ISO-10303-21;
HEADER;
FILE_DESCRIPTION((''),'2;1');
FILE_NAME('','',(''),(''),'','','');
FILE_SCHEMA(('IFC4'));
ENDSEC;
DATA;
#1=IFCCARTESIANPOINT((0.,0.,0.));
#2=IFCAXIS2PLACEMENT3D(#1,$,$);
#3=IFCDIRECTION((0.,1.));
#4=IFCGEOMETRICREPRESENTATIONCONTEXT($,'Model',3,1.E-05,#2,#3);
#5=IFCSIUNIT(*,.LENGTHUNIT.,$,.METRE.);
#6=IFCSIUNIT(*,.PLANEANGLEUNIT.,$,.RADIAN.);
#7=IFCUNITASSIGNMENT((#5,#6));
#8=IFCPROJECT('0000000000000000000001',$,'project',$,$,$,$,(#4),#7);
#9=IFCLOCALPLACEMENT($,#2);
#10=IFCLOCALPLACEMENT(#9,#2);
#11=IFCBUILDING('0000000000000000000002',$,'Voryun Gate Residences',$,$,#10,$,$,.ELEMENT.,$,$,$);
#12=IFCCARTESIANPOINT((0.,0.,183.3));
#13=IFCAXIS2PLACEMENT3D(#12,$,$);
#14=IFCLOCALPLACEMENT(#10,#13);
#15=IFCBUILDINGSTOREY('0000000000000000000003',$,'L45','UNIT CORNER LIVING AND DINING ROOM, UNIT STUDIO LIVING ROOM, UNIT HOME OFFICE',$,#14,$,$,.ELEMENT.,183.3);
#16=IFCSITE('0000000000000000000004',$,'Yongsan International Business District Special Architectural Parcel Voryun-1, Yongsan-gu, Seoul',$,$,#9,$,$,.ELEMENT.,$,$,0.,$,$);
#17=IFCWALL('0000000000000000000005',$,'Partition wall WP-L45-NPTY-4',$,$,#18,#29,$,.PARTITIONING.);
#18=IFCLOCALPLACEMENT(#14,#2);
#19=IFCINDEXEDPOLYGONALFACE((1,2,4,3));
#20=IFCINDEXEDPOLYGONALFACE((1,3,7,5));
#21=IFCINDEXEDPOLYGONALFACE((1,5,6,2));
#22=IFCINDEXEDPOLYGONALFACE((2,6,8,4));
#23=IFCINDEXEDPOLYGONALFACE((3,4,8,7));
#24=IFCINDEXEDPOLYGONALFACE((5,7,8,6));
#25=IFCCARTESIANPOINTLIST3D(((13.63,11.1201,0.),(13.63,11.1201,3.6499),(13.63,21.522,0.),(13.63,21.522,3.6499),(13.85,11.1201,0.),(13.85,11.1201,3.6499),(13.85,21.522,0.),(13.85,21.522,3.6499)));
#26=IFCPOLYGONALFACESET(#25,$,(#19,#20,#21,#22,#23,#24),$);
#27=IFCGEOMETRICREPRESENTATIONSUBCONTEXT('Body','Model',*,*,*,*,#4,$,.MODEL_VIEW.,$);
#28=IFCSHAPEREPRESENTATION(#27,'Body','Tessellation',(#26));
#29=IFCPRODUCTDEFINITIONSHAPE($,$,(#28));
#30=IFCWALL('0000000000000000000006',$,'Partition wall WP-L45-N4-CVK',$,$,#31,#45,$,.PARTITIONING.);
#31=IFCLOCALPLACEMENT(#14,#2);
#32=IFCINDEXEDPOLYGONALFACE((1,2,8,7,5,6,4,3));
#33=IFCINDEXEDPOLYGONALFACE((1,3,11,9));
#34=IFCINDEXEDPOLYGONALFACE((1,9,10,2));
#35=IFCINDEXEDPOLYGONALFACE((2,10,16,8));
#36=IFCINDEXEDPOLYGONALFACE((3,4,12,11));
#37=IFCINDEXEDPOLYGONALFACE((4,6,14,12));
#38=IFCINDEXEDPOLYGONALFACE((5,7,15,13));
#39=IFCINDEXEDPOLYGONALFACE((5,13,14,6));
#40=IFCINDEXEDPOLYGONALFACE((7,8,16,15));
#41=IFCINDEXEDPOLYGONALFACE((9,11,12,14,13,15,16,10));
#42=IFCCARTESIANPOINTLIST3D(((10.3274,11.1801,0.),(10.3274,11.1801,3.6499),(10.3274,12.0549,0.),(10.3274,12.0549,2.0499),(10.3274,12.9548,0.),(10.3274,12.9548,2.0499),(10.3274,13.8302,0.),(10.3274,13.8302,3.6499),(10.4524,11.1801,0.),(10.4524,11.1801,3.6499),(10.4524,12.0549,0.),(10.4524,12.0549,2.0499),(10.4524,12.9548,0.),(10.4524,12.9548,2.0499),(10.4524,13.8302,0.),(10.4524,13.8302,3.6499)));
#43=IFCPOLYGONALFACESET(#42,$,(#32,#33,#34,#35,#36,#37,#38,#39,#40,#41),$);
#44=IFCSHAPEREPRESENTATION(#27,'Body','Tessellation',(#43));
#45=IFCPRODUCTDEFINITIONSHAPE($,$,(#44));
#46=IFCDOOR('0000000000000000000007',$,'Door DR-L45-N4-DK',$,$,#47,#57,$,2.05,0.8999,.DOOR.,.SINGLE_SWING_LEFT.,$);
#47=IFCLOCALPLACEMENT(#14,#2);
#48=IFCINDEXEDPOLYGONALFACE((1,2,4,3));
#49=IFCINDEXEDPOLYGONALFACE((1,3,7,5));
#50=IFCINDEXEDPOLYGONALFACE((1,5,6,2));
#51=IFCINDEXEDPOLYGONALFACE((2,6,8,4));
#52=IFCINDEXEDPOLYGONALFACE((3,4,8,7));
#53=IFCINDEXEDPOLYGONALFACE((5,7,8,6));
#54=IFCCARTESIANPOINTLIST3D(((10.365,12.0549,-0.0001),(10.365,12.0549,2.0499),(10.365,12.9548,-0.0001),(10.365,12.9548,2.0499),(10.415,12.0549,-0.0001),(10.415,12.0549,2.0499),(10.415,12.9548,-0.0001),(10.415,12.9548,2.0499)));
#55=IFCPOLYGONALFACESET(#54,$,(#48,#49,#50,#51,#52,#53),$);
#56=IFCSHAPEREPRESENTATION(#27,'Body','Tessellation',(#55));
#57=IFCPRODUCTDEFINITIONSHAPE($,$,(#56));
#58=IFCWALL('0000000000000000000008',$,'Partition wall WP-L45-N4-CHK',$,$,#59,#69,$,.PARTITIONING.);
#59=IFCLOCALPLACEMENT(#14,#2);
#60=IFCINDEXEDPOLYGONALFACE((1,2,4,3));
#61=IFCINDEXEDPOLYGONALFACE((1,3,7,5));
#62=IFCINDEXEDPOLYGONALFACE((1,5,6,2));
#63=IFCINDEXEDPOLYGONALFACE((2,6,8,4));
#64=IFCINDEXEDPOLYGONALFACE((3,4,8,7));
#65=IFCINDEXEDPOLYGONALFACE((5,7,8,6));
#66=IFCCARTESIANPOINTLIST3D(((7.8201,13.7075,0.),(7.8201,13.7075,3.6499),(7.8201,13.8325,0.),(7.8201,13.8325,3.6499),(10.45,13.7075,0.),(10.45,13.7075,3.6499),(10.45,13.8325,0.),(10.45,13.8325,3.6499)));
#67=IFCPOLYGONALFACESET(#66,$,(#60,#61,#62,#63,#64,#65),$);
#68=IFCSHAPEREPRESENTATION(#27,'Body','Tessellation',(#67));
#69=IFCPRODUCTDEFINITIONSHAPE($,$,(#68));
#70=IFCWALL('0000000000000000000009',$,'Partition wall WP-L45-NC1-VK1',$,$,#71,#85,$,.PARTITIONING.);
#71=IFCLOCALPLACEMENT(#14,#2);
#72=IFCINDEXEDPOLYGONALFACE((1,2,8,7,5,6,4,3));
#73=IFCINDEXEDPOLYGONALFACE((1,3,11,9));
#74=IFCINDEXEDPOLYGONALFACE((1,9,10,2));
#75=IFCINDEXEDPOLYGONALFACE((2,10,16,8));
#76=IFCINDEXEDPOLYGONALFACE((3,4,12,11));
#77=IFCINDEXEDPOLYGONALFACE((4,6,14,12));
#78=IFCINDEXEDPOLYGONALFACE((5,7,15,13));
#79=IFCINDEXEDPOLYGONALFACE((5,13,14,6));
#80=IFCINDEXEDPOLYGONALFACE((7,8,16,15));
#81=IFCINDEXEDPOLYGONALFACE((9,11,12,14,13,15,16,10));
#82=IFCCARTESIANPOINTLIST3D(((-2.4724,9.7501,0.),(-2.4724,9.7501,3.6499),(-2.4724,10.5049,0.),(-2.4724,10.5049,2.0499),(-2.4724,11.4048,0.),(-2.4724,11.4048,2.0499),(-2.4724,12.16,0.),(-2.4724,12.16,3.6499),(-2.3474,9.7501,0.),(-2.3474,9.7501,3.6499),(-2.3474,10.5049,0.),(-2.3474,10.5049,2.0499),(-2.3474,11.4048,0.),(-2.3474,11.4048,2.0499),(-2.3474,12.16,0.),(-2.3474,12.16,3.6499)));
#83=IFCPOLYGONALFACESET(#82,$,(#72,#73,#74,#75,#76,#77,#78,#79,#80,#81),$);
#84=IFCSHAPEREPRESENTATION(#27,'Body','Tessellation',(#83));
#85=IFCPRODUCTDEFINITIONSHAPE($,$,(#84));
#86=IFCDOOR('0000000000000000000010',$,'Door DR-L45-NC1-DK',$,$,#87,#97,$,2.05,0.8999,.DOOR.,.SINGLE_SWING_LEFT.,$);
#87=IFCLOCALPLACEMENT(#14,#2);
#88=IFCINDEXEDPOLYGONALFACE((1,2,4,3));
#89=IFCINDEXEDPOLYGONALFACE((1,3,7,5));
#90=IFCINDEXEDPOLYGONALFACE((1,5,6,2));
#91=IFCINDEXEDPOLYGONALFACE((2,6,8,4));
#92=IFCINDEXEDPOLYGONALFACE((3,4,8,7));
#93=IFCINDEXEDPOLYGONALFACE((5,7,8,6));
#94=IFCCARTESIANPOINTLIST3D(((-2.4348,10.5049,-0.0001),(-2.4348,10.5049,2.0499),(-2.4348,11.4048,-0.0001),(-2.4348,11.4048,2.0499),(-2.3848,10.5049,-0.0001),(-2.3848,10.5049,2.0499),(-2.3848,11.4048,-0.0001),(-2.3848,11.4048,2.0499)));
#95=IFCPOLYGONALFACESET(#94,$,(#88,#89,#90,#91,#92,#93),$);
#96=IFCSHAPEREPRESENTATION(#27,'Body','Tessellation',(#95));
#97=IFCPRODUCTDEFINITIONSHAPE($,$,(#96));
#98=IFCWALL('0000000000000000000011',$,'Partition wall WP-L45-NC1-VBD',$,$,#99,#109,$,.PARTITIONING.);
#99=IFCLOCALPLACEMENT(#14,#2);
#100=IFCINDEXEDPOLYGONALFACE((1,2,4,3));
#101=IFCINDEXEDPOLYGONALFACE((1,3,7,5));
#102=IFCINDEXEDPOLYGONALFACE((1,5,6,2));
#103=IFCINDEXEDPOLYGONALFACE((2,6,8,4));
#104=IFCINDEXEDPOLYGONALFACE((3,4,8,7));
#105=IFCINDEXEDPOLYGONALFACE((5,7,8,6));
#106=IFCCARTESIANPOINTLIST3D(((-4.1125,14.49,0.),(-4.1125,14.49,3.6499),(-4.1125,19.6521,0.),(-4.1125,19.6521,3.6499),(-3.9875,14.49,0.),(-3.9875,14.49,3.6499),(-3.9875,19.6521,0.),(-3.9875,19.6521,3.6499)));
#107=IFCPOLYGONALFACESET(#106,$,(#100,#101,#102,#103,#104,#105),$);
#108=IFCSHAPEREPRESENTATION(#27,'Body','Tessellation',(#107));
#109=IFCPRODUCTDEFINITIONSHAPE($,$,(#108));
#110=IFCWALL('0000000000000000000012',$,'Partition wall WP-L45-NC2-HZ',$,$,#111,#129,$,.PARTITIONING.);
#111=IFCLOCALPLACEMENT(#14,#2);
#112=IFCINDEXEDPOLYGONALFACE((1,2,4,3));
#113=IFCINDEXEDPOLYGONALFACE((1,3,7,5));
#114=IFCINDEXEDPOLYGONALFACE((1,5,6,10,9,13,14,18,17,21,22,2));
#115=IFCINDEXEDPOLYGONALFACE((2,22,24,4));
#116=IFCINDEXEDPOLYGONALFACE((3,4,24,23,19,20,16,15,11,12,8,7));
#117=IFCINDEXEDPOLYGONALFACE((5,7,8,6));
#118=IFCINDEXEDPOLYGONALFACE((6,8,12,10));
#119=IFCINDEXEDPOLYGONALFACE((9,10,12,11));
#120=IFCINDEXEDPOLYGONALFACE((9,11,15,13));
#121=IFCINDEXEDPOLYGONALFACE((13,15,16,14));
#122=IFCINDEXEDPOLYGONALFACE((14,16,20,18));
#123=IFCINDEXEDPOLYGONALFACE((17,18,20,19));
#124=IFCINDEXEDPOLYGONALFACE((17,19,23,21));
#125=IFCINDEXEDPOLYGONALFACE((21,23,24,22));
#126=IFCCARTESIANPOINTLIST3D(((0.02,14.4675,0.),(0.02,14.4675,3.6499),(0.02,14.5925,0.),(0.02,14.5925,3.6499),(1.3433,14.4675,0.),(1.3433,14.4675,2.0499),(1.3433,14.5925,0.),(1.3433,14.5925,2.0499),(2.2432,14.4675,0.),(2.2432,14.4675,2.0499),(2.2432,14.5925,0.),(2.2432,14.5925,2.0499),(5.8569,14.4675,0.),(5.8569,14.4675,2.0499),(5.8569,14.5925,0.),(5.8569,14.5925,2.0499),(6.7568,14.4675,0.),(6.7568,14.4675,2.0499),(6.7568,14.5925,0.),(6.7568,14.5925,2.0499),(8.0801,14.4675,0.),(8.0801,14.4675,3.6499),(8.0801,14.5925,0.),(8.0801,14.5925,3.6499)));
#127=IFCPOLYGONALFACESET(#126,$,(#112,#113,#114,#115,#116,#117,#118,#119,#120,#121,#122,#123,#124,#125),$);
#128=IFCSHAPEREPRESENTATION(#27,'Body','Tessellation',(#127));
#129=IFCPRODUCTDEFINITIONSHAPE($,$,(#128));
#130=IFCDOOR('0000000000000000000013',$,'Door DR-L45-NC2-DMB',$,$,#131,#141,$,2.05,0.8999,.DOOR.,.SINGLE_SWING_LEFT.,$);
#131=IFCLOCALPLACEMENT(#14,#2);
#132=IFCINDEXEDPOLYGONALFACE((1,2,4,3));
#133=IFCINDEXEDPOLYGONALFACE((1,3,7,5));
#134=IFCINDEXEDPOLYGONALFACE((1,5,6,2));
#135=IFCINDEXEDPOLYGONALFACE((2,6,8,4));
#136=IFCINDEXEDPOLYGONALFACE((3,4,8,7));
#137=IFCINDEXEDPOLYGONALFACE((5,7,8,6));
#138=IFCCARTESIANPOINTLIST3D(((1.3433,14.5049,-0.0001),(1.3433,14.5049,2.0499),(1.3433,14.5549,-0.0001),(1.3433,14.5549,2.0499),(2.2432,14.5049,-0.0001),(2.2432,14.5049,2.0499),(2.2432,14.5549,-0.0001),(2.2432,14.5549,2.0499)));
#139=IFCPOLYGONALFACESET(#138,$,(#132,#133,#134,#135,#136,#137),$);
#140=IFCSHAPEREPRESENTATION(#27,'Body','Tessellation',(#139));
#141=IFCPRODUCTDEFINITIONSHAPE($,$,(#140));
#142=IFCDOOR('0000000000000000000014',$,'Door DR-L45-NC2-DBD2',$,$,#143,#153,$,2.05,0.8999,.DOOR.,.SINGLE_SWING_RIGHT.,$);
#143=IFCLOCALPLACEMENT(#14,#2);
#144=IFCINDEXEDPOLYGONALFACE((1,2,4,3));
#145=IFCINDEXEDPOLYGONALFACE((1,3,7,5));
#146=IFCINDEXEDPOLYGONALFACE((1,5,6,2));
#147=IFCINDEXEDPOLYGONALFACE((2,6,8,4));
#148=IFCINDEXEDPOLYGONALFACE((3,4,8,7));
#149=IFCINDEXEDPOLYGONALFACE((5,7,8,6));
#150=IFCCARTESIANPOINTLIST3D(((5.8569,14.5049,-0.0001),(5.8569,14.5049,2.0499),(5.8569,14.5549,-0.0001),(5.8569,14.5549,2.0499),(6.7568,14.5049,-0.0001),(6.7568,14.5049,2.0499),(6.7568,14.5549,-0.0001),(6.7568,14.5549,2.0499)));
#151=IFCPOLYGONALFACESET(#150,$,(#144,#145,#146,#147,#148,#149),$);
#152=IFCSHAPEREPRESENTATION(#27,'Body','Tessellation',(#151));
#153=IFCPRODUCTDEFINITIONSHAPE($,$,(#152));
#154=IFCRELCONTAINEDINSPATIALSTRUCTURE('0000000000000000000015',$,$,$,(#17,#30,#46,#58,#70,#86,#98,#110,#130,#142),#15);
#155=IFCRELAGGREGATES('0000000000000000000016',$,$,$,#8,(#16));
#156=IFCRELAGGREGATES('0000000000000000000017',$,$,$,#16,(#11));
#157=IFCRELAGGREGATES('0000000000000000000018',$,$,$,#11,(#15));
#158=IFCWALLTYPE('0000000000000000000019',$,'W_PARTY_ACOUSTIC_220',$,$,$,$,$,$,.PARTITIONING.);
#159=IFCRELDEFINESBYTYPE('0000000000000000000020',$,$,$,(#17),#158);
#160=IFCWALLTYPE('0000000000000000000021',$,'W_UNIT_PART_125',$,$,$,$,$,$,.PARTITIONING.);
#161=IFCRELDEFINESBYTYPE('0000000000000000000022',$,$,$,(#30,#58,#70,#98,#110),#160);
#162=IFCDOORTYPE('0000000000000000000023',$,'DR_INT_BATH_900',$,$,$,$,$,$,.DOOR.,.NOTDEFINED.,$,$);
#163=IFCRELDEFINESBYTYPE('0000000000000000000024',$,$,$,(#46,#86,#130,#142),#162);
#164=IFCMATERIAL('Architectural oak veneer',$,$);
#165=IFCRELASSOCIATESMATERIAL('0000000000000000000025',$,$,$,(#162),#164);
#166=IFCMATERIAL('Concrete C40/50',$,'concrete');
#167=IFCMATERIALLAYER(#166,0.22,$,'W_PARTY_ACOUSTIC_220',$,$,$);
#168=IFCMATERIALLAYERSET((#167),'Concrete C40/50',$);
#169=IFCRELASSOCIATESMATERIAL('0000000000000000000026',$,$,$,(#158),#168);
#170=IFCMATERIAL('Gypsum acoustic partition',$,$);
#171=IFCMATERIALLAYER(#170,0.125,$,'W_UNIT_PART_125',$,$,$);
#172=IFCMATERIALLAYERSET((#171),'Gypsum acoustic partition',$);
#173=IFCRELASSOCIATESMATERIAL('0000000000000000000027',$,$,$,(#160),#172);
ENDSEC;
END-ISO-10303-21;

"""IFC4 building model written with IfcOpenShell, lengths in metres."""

from ifc_helpers import new_model, si_unit, direction, frame, frame_2d, origin, place, context, subcontext, project, spatial, rectangle, extrude, material, layer, layer_set, type_object, element, fill, save


model = new_model("IFC4")

# Units and contexts
model_context = context("Model", 3, precision=1e-05, world=origin(), true_north=direction((0.0, 1.0)))
body_context = subcontext(model_context, "Body", "Model", "MODEL_VIEW")
ifc_project = project(units=[si_unit("LENGTHUNIT", "METRE"), si_unit("PLANEANGLEUNIT", "RADIAN")], contexts=[model_context])

# Site, building, storey
site_placement = place(None, origin())
site = spatial("IfcSite", under=ifc_project, at=site_placement, Name="Yongsan International Business District Special Architectural Parcel Voryun-1, Yongsan-gu, Seoul", CompositionType="ELEMENT", RefElevation=0.0)
building_placement = place(site_placement, origin())
building = spatial("IfcBuilding", under=site, at=building_placement, Name="Voryun Gate Residences", CompositionType="ELEMENT")
storey_placement = place(building_placement, frame((0.0, 0.0, 183.3)))
storey = spatial("IfcBuildingStorey", under=building, at=storey_placement, Name="L45", Description="UNIT CORNER LIVING AND DINING ROOM, UNIT STUDIO LIVING ROOM, UNIT HOME OFFICE", CompositionType="ELEMENT", Elevation=183.3)

# Shared definitions
ifc_material_1 = material(Name="Architectural oak veneer")
door_type_1 = type_object("IfcDoorType", Name="DR_INT_BATH_900", OperationType="NOTDEFINED", PredefinedType="DOOR", material=ifc_material_1)

# Wall
ifc_material_2 = material(Name="Concrete C40/50", Category="concrete")
ifc_layer_1 = layer(ifc_material_2, 0.22, Name="W_PARTY_ACOUSTIC_220")
ifc_layer_set_1 = layer_set([ifc_layer_1], Name="Concrete C40/50")
wall_type_1 = type_object("IfcWallType", Name="W_PARTY_ACOUSTIC_220", PredefinedType="PARTITIONING", material=ifc_layer_set_1)
wall_1_placement = place(storey_placement, frame((13.74, 11.1201, 0.0), z_axis=(0.0, 0.0, 1.0), x_axis=(0.0, 1.0, 0.0)))
element("IfcWall", 1, at=wall_1_placement, inside=storey, type_object=wall_type_1, Name="Partition wall WP-L45-NPTY-4", PredefinedType="PARTITIONING", context=body_context, shape_type="SweptSolid", body=[
    extrude(rectangle(XDim=10.4019, YDim=0.22, at=frame_2d((5.2009, 0.0))), origin(), (0.0, 0.0, 1.0), 3.6499),
])

# Wall, opening, door
ifc_material_3 = material(Name="Gypsum acoustic partition")
ifc_layer_2 = layer(ifc_material_3, 0.125, Name="W_UNIT_PART_125")
ifc_layer_set_2 = layer_set([ifc_layer_2], Name="Gypsum acoustic partition")
wall_type_2 = type_object("IfcWallType", Name="W_UNIT_PART_125", PredefinedType="PARTITIONING", material=ifc_layer_set_2)
wall_2_placement = place(storey_placement, frame((10.3899, 11.1799, 0.0), z_axis=(0.0, 0.0, 1.0), x_axis=(0.0, 1.0, 0.0)))
wall_2 = element("IfcWall", 2, at=wall_2_placement, inside=storey, type_object=wall_type_2, Name="Partition wall WP-L45-N4-CVK", PredefinedType="PARTITIONING", context=body_context, shape_type="SweptSolid", body=[
    extrude(rectangle(XDim=2.6501, YDim=0.125, at=frame_2d((1.3252, 0.0))), origin(), (0.0, 0.0, 1.0), 3.6499),
])
opening_1_placement = place(wall_2_placement, frame((0.875, 0.0, 0.0)))
opening_1 = element("IfcOpeningElement", 3, at=opening_1_placement, cuts=wall_2, PredefinedType="OPENING", context=body_context, shape_type="SweptSolid", body=[
    extrude(rectangle(XDim=0.8999, YDim=2.05, at=frame_2d((0.45, 1.0249))), frame((0.0, 0.0725, 0.0), z_axis=(0.0, -1.0, 0.0), x_axis=(1.0, 0.0, 0.0)), (0.0, 0.0, 1.0), 0.145),
])
door_1_placement = place(opening_1_placement, origin())
door_1 = element("IfcDoor", 4, at=door_1_placement, inside=storey, type_object=door_type_1, Name="Door DR-L45-N4-DK", OperationType="SINGLE_SWING_LEFT", OverallHeight=2.05, OverallWidth=0.8999, PredefinedType="DOOR", context=body_context, shape_type="SweptSolid", body=[
    extrude(rectangle(XDim=0.8999, YDim=2.05, at=frame_2d((0.45, 1.0249))), frame((0.0, 0.0249, 0.0), z_axis=(0.0, -1.0, 0.0), x_axis=(1.0, 0.0, 0.0)), (0.0, 0.0, 1.0), 0.05),
])
fill(opening_1, door_1)

# Wall
wall_3_placement = place(storey_placement, frame((7.8201, 13.77, 0.0), z_axis=(0.0, 0.0, 1.0), x_axis=(1.0, 0.0, 0.0)))
element("IfcWall", 5, at=wall_3_placement, inside=storey, type_object=wall_type_2, Name="Partition wall WP-L45-N4-CHK", PredefinedType="PARTITIONING", context=body_context, shape_type="SweptSolid", body=[
    extrude(rectangle(XDim=2.6299, YDim=0.125, at=frame_2d((1.3149, 0.0))), origin(), (0.0, 0.0, 1.0), 3.6499),
])

# Wall, opening, door
wall_4_placement = place(storey_placement, frame((-2.4099, 9.75, 0.0), z_axis=(0.0, 0.0, 1.0), x_axis=(0.0, 1.0, 0.0)))
wall_4 = element("IfcWall", 6, at=wall_4_placement, inside=storey, type_object=wall_type_2, Name="Partition wall WP-L45-NC1-VK1", PredefinedType="PARTITIONING", context=body_context, shape_type="SweptSolid", body=[
    extrude(rectangle(XDim=2.4099, YDim=0.125, at=frame_2d((1.2051, 0.0))), origin(), (0.0, 0.0, 1.0), 3.6499),
])
opening_2_placement = place(wall_4_placement, frame((0.7549, 0.0, 0.0)))
opening_2 = element("IfcOpeningElement", 7, at=opening_2_placement, cuts=wall_4, PredefinedType="OPENING", context=body_context, shape_type="SweptSolid", body=[
    extrude(rectangle(XDim=0.8999, YDim=2.05, at=frame_2d((0.45, 1.0249))), frame((0.0, 0.0725, 0.0), z_axis=(0.0, -1.0, 0.0), x_axis=(1.0, 0.0, 0.0)), (0.0, 0.0, 1.0), 0.145),
])
door_2_placement = place(opening_2_placement, origin())
door_2 = element("IfcDoor", 8, at=door_2_placement, inside=storey, type_object=door_type_1, Name="Door DR-L45-NC1-DK", OperationType="SINGLE_SWING_LEFT", OverallHeight=2.05, OverallWidth=0.8999, PredefinedType="DOOR", context=body_context, shape_type="SweptSolid", body=[
    extrude(rectangle(XDim=0.8999, YDim=2.05, at=frame_2d((0.45, 1.0249))), frame((0.0, 0.0249, 0.0), z_axis=(0.0, -1.0, 0.0), x_axis=(1.0, 0.0, 0.0)), (0.0, 0.0, 1.0), 0.05),
])
fill(opening_2, door_2)

# Wall
wall_5_placement = place(storey_placement, frame((-4.05, 14.49, 0.0), z_axis=(0.0, 0.0, 1.0), x_axis=(0.0, 1.0, 0.0)))
element("IfcWall", 9, at=wall_5_placement, inside=storey, type_object=wall_type_2, Name="Partition wall WP-L45-NC1-VBD", PredefinedType="PARTITIONING", context=body_context, shape_type="SweptSolid", body=[
    extrude(rectangle(XDim=5.1621, YDim=0.125, at=frame_2d((2.5811, 0.0))), origin(), (0.0, 0.0, 1.0), 3.6499),
])

# Wall, openings, doors
wall_6_placement = place(storey_placement, frame((0.02, 14.53, 0.0), z_axis=(0.0, 0.0, 1.0), x_axis=(1.0, 0.0, 0.0)))
wall_6 = element("IfcWall", 10, at=wall_6_placement, inside=storey, type_object=wall_type_2, Name="Partition wall WP-L45-NC2-HZ", PredefinedType="PARTITIONING", context=body_context, shape_type="SweptSolid", body=[
    extrude(rectangle(XDim=8.0601, YDim=0.125, at=frame_2d((4.03, 0.0))), origin(), (0.0, 0.0, 1.0), 3.6499),
])
opening_3_placement = place(wall_6_placement, frame((1.3232, 0.0, 0.0)))
opening_3 = element("IfcOpeningElement", 11, at=opening_3_placement, cuts=wall_6, PredefinedType="OPENING", context=body_context, shape_type="SweptSolid", body=[
    extrude(rectangle(XDim=0.8999, YDim=2.05, at=frame_2d((0.45, 1.0249))), frame((0.0, 0.0725, 0.0), z_axis=(0.0, -1.0, 0.0), x_axis=(1.0, 0.0, 0.0)), (0.0, 0.0, 1.0), 0.145),
])
opening_4_placement = place(wall_6_placement, frame((5.8369, 0.0, 0.0)))
opening_4 = element("IfcOpeningElement", 12, at=opening_4_placement, cuts=wall_6, PredefinedType="OPENING", context=body_context, shape_type="SweptSolid", body=[
    extrude(rectangle(XDim=0.8999, YDim=2.05, at=frame_2d((0.45, 1.0249))), frame((0.0, 0.0725, 0.0), z_axis=(0.0, -1.0, 0.0), x_axis=(1.0, 0.0, 0.0)), (0.0, 0.0, 1.0), 0.145),
])
door_3_placement = place(opening_3_placement, origin())
door_3 = element("IfcDoor", 13, at=door_3_placement, inside=storey, type_object=door_type_1, Name="Door DR-L45-NC2-DMB", OperationType="SINGLE_SWING_LEFT", OverallHeight=2.05, OverallWidth=0.8999, PredefinedType="DOOR", context=body_context, shape_type="SweptSolid", body=[
    extrude(rectangle(XDim=0.8999, YDim=2.05, at=frame_2d((0.45, 1.0249))), frame((0.0, 0.0249, 0.0), z_axis=(0.0, -1.0, 0.0), x_axis=(1.0, 0.0, 0.0)), (0.0, 0.0, 1.0), 0.05),
])
fill(opening_3, door_3)
door_4_placement = place(opening_4_placement, origin())
door_4 = element("IfcDoor", 14, at=door_4_placement, inside=storey, type_object=door_type_1, Name="Door DR-L45-NC2-DBD2", OperationType="SINGLE_SWING_RIGHT", OverallHeight=2.05, OverallWidth=0.8999, PredefinedType="DOOR", context=body_context, shape_type="SweptSolid", body=[
    extrude(rectangle(XDim=0.8999, YDim=2.05, at=frame_2d((0.45, 1.0249))), frame((0.0, 0.0249, 0.0), z_axis=(0.0, -1.0, 0.0), x_axis=(1.0, 0.0, 0.0)), (0.0, 0.0, 1.0), 0.05),
])
fill(opening_4, door_4)

save(model, "model.ifc")
